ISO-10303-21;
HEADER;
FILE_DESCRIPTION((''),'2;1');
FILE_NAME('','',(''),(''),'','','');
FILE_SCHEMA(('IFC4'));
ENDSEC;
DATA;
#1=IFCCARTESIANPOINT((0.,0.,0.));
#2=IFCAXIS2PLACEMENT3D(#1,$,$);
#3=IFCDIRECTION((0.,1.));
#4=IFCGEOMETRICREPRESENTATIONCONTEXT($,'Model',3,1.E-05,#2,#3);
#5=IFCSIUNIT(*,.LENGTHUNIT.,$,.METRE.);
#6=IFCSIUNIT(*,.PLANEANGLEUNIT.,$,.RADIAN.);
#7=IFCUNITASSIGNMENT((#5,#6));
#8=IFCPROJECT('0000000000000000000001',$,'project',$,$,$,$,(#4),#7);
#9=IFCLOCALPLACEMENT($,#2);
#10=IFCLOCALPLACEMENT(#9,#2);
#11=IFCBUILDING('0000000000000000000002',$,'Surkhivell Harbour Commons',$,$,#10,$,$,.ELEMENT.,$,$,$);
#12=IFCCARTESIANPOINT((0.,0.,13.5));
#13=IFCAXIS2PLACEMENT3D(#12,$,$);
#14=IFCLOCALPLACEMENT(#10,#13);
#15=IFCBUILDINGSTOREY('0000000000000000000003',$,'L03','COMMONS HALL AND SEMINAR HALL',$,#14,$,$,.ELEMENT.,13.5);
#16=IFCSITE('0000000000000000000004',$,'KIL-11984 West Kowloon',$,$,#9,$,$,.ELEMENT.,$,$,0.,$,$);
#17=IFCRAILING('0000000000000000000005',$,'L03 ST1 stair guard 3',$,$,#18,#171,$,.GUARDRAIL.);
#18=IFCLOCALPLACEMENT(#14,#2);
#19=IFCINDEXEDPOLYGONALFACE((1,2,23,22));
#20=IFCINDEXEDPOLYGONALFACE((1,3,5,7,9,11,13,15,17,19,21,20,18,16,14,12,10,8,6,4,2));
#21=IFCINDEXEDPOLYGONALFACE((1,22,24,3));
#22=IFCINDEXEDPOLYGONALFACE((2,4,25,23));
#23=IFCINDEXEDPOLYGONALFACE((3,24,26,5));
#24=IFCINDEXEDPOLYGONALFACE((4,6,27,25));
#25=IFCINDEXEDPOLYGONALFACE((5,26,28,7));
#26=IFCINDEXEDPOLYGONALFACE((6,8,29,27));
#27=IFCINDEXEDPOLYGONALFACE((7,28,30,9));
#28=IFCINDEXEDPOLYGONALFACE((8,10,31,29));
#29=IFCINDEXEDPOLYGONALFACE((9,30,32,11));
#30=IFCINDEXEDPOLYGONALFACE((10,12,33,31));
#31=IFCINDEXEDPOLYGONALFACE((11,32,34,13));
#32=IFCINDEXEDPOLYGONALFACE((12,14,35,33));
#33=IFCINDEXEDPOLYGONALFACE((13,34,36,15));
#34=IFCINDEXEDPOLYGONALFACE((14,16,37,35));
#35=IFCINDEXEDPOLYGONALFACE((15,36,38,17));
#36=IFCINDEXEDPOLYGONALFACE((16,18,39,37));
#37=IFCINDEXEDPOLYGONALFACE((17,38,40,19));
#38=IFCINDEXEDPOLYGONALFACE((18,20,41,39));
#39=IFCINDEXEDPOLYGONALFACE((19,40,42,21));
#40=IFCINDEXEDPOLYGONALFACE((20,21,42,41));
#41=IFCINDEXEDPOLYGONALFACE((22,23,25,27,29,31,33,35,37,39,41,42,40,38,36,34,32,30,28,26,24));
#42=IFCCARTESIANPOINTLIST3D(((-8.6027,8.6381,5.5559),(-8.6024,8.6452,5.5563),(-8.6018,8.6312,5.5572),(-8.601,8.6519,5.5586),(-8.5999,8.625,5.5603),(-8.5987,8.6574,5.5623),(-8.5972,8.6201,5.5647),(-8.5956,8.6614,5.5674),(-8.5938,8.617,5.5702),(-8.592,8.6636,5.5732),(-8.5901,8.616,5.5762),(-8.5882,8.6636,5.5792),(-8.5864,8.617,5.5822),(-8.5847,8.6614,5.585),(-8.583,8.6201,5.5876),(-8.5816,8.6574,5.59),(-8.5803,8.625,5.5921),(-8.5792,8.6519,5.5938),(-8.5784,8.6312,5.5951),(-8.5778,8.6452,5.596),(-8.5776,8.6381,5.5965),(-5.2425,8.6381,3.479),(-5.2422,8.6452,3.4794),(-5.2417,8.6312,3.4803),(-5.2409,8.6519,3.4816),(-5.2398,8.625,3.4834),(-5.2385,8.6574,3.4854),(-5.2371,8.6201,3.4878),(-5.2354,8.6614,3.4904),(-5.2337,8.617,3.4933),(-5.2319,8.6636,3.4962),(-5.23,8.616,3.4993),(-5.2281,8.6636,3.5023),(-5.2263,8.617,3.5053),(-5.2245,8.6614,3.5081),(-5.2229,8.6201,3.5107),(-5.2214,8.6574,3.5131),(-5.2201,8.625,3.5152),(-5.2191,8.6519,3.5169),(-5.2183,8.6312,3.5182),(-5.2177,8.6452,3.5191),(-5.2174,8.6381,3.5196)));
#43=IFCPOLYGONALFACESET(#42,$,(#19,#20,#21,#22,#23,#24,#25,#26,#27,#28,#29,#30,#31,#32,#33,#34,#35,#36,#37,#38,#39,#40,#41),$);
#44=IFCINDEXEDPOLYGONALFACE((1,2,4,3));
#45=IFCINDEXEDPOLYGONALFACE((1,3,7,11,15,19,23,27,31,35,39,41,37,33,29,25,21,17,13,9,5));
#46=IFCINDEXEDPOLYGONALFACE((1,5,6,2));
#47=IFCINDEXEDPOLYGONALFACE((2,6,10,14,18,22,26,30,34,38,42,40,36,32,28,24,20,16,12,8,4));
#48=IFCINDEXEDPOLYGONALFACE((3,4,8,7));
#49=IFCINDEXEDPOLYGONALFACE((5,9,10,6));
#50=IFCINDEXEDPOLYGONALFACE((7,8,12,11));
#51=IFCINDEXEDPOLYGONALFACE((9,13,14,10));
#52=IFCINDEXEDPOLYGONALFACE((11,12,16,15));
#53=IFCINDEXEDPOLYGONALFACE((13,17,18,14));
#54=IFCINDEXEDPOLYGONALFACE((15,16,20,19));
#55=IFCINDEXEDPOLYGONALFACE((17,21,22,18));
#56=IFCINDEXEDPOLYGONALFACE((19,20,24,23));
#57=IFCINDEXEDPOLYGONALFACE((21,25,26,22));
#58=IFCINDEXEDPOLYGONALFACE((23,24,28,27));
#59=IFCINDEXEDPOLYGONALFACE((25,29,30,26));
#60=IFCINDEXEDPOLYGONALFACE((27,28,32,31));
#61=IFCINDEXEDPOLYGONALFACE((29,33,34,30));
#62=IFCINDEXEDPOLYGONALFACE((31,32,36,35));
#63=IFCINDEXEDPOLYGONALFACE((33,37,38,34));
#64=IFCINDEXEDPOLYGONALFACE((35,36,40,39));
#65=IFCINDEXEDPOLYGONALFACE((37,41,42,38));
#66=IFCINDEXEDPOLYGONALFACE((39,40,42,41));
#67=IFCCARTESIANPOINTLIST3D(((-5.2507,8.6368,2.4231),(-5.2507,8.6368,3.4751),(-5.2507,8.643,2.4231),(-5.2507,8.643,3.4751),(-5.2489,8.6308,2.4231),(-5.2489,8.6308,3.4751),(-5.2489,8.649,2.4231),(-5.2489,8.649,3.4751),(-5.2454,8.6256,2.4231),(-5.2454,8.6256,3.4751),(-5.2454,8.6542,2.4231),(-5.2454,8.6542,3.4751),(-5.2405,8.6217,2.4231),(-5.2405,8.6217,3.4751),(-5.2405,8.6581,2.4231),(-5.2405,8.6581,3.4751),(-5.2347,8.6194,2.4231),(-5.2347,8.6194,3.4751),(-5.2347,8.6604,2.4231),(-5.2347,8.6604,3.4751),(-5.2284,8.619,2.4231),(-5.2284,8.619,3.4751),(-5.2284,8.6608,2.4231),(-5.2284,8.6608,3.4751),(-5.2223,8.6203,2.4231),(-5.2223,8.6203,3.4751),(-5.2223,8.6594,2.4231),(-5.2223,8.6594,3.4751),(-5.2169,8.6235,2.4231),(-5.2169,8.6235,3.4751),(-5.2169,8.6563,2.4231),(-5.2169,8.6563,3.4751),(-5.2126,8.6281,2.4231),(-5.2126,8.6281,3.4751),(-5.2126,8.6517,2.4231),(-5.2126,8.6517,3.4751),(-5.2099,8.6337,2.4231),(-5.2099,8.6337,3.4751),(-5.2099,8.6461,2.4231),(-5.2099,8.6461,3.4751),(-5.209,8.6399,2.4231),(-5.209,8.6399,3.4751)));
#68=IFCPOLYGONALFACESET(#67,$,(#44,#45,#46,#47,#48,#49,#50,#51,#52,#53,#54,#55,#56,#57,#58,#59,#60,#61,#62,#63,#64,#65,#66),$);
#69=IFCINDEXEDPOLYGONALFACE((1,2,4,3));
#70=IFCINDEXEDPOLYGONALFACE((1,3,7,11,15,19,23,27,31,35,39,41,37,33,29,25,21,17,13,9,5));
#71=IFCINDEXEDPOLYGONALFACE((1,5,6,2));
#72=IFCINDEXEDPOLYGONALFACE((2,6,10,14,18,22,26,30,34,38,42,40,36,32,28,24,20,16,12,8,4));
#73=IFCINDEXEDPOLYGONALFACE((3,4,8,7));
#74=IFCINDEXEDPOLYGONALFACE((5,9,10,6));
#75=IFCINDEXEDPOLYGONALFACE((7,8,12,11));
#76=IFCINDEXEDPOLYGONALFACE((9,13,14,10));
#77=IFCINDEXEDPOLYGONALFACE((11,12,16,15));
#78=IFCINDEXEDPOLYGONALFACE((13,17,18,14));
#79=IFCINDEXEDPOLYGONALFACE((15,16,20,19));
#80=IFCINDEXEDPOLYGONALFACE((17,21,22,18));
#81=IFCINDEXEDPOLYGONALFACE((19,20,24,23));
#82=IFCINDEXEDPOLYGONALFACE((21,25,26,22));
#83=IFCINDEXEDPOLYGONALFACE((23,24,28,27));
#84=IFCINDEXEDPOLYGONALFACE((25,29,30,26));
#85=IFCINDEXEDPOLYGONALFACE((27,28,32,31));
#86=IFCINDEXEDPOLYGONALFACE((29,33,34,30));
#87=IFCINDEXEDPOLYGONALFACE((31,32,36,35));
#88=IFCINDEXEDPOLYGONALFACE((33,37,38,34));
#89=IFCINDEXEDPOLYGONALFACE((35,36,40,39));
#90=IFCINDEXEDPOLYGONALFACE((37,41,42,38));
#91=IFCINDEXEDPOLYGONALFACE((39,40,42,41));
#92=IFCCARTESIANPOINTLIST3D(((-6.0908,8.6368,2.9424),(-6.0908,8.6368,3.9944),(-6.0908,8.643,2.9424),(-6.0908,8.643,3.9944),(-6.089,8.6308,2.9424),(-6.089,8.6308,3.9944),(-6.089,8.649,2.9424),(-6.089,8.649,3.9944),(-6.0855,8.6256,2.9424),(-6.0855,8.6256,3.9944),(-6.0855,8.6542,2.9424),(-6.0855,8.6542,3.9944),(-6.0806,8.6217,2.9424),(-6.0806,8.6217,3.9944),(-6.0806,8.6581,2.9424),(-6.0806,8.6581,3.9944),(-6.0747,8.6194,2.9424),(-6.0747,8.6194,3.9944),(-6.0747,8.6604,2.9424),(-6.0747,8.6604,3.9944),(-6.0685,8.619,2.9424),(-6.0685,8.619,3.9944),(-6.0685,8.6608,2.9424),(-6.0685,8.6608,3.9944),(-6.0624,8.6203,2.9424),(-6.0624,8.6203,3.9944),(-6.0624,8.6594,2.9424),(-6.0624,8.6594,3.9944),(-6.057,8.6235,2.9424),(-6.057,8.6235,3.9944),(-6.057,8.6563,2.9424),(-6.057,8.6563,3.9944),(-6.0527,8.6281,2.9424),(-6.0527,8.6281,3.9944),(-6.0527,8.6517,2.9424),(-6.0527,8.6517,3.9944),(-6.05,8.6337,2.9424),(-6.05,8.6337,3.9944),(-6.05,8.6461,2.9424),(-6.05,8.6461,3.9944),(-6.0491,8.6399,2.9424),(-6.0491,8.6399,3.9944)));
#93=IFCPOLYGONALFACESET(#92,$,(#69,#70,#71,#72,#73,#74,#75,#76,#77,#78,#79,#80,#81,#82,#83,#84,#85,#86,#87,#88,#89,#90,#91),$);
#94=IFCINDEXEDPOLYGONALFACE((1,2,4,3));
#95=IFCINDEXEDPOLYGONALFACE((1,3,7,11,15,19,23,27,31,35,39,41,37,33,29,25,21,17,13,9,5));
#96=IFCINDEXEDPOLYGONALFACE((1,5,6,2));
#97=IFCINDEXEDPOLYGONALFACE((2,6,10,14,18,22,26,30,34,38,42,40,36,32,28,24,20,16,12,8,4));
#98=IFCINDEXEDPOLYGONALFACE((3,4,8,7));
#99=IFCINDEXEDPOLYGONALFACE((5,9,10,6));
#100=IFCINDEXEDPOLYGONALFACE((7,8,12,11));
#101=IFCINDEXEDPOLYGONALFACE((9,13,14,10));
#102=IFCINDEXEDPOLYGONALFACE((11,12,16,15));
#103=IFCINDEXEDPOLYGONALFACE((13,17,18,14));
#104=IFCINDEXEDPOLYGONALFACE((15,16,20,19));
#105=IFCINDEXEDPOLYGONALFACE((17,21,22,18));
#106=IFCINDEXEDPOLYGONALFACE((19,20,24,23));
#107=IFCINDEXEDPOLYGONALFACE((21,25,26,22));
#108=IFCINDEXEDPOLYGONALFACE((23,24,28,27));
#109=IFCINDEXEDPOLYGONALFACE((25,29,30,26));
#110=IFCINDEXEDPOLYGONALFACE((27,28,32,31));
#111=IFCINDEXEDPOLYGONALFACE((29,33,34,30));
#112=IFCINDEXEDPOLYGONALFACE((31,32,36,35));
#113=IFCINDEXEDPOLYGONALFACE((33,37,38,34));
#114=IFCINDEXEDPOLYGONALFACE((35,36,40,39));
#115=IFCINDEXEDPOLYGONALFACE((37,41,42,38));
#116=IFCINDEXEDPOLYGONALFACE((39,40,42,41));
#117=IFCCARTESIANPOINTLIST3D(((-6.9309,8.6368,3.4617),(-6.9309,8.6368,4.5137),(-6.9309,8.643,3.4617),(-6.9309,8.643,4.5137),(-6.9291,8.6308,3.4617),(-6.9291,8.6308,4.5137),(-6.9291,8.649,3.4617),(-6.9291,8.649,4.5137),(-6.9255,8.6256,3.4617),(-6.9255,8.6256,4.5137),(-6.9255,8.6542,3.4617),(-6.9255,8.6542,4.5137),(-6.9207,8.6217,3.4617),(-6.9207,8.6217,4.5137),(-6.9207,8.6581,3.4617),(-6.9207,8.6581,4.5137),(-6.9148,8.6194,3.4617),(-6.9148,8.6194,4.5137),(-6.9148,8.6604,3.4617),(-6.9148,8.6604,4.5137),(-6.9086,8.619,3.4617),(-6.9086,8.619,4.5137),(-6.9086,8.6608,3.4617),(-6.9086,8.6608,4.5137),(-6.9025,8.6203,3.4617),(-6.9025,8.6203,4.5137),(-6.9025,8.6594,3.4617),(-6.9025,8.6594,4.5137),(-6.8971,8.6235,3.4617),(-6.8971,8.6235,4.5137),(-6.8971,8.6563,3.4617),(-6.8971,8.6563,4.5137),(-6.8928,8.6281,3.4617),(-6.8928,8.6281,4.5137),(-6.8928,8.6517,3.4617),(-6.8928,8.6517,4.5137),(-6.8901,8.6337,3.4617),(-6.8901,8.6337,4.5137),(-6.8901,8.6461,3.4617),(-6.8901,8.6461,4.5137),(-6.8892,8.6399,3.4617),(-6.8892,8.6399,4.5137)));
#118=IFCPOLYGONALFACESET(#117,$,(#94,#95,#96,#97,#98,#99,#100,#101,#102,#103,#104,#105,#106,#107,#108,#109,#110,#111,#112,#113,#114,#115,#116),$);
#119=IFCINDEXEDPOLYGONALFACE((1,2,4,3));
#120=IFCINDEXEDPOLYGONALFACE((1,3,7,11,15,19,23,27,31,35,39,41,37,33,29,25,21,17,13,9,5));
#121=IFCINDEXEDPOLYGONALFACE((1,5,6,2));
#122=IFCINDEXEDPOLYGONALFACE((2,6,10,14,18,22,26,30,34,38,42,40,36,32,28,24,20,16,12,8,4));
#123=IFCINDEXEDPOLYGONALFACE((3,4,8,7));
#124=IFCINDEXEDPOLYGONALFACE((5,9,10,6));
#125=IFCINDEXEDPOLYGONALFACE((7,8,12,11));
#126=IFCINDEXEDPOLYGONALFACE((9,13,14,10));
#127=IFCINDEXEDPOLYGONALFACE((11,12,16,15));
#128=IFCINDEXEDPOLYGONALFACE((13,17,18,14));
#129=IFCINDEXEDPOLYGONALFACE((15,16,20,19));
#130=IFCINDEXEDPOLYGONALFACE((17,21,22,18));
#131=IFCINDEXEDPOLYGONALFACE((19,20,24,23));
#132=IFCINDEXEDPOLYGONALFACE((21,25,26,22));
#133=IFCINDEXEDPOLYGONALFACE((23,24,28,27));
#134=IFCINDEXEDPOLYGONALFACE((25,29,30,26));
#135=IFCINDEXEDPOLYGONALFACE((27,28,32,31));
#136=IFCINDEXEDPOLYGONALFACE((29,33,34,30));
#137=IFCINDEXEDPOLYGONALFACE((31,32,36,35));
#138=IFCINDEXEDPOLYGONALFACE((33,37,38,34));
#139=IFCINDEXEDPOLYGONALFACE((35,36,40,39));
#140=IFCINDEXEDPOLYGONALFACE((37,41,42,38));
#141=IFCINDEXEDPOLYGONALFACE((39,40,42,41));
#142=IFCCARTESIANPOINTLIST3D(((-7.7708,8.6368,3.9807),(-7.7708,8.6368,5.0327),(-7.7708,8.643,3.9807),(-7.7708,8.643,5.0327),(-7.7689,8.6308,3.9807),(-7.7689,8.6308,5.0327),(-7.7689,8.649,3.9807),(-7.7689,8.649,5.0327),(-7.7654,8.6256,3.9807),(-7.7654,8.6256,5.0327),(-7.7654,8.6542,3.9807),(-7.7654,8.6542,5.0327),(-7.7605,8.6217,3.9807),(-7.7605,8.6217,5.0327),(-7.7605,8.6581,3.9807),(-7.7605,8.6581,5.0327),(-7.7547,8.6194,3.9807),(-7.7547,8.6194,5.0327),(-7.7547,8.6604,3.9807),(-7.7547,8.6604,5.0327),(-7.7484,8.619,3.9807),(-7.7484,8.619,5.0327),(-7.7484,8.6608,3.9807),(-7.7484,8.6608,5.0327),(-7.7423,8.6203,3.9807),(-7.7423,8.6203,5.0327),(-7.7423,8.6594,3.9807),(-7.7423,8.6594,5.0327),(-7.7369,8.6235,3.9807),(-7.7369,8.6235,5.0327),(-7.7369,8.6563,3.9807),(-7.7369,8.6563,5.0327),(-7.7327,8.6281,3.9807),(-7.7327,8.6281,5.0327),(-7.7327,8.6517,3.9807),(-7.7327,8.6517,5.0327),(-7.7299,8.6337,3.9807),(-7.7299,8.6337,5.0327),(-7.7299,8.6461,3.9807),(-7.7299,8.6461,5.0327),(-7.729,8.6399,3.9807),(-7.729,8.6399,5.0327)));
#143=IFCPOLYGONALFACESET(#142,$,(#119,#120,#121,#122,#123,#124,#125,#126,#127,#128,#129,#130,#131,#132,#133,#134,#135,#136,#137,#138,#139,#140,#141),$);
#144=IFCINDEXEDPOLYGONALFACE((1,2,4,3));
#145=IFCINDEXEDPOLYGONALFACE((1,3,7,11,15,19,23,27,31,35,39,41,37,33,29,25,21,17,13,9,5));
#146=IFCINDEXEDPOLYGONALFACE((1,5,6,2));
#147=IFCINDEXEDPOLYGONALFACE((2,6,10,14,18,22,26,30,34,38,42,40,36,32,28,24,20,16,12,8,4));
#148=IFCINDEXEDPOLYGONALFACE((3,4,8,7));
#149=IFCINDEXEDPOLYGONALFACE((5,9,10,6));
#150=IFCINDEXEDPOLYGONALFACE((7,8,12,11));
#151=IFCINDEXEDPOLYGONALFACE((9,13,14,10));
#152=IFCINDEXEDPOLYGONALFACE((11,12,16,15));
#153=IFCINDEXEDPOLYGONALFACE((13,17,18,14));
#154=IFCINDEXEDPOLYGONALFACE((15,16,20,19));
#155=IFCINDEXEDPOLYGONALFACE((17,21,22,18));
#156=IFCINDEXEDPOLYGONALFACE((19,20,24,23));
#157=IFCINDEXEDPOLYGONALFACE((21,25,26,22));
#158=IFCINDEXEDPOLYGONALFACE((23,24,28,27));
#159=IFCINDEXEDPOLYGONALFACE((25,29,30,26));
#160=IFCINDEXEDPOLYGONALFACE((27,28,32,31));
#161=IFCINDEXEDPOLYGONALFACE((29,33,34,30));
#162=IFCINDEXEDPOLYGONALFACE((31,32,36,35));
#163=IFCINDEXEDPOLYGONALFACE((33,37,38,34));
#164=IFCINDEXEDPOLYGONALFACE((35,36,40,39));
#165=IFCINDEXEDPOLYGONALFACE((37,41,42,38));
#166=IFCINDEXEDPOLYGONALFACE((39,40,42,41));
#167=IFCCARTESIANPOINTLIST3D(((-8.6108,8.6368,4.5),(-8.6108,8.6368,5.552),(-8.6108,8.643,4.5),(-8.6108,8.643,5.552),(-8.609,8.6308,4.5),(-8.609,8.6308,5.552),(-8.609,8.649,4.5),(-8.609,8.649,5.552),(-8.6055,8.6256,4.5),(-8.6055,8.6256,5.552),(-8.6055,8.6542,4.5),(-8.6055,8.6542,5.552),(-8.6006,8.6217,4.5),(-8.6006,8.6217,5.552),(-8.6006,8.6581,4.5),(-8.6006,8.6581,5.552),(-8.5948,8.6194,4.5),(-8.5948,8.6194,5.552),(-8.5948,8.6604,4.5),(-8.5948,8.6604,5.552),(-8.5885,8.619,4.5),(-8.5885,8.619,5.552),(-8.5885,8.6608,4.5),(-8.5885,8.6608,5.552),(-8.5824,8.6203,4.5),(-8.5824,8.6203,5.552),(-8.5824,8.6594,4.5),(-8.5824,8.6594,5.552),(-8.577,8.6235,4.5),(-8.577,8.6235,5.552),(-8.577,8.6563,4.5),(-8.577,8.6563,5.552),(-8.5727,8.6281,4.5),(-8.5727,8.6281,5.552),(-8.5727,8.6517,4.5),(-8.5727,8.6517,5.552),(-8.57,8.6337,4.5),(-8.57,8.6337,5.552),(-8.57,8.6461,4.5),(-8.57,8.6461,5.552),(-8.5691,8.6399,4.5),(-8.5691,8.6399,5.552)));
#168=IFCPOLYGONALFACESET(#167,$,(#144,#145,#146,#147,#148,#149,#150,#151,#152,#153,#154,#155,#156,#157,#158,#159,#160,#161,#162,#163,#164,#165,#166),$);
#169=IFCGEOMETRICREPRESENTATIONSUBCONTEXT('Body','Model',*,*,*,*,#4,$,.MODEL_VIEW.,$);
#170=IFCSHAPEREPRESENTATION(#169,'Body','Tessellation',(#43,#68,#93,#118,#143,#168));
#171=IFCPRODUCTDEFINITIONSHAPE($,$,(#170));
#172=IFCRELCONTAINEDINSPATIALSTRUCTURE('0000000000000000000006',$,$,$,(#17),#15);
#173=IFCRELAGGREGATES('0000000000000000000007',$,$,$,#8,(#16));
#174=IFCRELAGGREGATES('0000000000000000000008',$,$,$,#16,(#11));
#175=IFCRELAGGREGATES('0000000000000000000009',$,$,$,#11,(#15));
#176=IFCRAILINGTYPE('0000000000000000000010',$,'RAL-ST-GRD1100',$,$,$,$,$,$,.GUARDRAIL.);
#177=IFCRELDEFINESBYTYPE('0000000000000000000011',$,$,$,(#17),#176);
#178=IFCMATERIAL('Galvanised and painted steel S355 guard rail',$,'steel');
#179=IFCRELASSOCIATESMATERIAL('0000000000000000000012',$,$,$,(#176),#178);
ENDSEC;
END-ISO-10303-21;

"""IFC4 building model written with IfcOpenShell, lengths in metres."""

from ifc_helpers import new_model, si_unit, direction, frame, origin, origin_2d, place, context, subcontext, project, spatial, circle, extrude, material, type_object, element, save


model = new_model("IFC4")

# Units and contexts
model_context = context("Model", 3, precision=1e-05, world=origin(), true_north=direction((0.0, 1.0)))
body_context = subcontext(model_context, "Body", "Model", "MODEL_VIEW")
ifc_project = project(units=[si_unit("LENGTHUNIT", "METRE"), si_unit("PLANEANGLEUNIT", "RADIAN")], contexts=[model_context])

# Site, building, storey
site_placement = place(None, origin())
site = spatial("IfcSite", under=ifc_project, at=site_placement, Name="KIL-11984 West Kowloon", CompositionType="ELEMENT", RefElevation=0.0)
building_placement = place(site_placement, origin())
building = spatial("IfcBuilding", under=site, at=building_placement, Name="Surkhivell Harbour Commons", CompositionType="ELEMENT")
storey_placement = place(building_placement, frame((0.0, 0.0, 13.5)))
storey = spatial("IfcBuildingStorey", under=building, at=storey_placement, Name="L03", Description="COMMONS HALL AND SEMINAR HALL", CompositionType="ELEMENT", Elevation=13.5)

# Railing
ifc_material_1 = material(Name="Galvanised and painted steel S355 guard rail", Category="steel")
railing_type_1 = type_object("IfcRailingType", Name="RAL-ST-GRD1100", PredefinedType="GUARDRAIL", material=ifc_material_1)
railing_1_placement = place(storey_placement, frame((-5.23, 8.6399, 2.4231)))
element("IfcRailing", 1, at=railing_1_placement, inside=storey, type_object=railing_type_1, Name="L03 ST1 stair guard 3", PredefinedType="GUARDRAIL", context=body_context, shape_type="SweptSolid", body=[
    extrude(circle(Radius=0.0239, at=origin_2d()), frame((0.0, 0.0, 1.0762), z_axis=(-0.850623, 0.0, 0.525776), x_axis=(0.0, -1.0, 0.0)), (0.0, 0.0, 1.0), 3.9502),
    extrude(circle(Radius=0.021, at=origin_2d()), origin(), (0.0, 0.0, 1.0), 1.052),
    extrude(circle(Radius=0.021, at=origin_2d()), frame((-0.8401, 0.0, 0.5193)), (0.0, 0.0, 1.0), 1.052),
    extrude(circle(Radius=0.021, at=origin_2d()), frame((-1.6802, 0.0, 1.0386)), (0.0, 0.0, 1.0), 1.052),
    extrude(circle(Radius=0.021, at=origin_2d()), frame((-2.52, 0.0, 1.5576)), (0.0, 0.0, 1.0), 1.052),
    extrude(circle(Radius=0.021, at=origin_2d()), frame((-3.3601, 0.0, 2.0769)), (0.0, 0.0, 1.0), 1.052),
])

save(model, "model.ifc")
